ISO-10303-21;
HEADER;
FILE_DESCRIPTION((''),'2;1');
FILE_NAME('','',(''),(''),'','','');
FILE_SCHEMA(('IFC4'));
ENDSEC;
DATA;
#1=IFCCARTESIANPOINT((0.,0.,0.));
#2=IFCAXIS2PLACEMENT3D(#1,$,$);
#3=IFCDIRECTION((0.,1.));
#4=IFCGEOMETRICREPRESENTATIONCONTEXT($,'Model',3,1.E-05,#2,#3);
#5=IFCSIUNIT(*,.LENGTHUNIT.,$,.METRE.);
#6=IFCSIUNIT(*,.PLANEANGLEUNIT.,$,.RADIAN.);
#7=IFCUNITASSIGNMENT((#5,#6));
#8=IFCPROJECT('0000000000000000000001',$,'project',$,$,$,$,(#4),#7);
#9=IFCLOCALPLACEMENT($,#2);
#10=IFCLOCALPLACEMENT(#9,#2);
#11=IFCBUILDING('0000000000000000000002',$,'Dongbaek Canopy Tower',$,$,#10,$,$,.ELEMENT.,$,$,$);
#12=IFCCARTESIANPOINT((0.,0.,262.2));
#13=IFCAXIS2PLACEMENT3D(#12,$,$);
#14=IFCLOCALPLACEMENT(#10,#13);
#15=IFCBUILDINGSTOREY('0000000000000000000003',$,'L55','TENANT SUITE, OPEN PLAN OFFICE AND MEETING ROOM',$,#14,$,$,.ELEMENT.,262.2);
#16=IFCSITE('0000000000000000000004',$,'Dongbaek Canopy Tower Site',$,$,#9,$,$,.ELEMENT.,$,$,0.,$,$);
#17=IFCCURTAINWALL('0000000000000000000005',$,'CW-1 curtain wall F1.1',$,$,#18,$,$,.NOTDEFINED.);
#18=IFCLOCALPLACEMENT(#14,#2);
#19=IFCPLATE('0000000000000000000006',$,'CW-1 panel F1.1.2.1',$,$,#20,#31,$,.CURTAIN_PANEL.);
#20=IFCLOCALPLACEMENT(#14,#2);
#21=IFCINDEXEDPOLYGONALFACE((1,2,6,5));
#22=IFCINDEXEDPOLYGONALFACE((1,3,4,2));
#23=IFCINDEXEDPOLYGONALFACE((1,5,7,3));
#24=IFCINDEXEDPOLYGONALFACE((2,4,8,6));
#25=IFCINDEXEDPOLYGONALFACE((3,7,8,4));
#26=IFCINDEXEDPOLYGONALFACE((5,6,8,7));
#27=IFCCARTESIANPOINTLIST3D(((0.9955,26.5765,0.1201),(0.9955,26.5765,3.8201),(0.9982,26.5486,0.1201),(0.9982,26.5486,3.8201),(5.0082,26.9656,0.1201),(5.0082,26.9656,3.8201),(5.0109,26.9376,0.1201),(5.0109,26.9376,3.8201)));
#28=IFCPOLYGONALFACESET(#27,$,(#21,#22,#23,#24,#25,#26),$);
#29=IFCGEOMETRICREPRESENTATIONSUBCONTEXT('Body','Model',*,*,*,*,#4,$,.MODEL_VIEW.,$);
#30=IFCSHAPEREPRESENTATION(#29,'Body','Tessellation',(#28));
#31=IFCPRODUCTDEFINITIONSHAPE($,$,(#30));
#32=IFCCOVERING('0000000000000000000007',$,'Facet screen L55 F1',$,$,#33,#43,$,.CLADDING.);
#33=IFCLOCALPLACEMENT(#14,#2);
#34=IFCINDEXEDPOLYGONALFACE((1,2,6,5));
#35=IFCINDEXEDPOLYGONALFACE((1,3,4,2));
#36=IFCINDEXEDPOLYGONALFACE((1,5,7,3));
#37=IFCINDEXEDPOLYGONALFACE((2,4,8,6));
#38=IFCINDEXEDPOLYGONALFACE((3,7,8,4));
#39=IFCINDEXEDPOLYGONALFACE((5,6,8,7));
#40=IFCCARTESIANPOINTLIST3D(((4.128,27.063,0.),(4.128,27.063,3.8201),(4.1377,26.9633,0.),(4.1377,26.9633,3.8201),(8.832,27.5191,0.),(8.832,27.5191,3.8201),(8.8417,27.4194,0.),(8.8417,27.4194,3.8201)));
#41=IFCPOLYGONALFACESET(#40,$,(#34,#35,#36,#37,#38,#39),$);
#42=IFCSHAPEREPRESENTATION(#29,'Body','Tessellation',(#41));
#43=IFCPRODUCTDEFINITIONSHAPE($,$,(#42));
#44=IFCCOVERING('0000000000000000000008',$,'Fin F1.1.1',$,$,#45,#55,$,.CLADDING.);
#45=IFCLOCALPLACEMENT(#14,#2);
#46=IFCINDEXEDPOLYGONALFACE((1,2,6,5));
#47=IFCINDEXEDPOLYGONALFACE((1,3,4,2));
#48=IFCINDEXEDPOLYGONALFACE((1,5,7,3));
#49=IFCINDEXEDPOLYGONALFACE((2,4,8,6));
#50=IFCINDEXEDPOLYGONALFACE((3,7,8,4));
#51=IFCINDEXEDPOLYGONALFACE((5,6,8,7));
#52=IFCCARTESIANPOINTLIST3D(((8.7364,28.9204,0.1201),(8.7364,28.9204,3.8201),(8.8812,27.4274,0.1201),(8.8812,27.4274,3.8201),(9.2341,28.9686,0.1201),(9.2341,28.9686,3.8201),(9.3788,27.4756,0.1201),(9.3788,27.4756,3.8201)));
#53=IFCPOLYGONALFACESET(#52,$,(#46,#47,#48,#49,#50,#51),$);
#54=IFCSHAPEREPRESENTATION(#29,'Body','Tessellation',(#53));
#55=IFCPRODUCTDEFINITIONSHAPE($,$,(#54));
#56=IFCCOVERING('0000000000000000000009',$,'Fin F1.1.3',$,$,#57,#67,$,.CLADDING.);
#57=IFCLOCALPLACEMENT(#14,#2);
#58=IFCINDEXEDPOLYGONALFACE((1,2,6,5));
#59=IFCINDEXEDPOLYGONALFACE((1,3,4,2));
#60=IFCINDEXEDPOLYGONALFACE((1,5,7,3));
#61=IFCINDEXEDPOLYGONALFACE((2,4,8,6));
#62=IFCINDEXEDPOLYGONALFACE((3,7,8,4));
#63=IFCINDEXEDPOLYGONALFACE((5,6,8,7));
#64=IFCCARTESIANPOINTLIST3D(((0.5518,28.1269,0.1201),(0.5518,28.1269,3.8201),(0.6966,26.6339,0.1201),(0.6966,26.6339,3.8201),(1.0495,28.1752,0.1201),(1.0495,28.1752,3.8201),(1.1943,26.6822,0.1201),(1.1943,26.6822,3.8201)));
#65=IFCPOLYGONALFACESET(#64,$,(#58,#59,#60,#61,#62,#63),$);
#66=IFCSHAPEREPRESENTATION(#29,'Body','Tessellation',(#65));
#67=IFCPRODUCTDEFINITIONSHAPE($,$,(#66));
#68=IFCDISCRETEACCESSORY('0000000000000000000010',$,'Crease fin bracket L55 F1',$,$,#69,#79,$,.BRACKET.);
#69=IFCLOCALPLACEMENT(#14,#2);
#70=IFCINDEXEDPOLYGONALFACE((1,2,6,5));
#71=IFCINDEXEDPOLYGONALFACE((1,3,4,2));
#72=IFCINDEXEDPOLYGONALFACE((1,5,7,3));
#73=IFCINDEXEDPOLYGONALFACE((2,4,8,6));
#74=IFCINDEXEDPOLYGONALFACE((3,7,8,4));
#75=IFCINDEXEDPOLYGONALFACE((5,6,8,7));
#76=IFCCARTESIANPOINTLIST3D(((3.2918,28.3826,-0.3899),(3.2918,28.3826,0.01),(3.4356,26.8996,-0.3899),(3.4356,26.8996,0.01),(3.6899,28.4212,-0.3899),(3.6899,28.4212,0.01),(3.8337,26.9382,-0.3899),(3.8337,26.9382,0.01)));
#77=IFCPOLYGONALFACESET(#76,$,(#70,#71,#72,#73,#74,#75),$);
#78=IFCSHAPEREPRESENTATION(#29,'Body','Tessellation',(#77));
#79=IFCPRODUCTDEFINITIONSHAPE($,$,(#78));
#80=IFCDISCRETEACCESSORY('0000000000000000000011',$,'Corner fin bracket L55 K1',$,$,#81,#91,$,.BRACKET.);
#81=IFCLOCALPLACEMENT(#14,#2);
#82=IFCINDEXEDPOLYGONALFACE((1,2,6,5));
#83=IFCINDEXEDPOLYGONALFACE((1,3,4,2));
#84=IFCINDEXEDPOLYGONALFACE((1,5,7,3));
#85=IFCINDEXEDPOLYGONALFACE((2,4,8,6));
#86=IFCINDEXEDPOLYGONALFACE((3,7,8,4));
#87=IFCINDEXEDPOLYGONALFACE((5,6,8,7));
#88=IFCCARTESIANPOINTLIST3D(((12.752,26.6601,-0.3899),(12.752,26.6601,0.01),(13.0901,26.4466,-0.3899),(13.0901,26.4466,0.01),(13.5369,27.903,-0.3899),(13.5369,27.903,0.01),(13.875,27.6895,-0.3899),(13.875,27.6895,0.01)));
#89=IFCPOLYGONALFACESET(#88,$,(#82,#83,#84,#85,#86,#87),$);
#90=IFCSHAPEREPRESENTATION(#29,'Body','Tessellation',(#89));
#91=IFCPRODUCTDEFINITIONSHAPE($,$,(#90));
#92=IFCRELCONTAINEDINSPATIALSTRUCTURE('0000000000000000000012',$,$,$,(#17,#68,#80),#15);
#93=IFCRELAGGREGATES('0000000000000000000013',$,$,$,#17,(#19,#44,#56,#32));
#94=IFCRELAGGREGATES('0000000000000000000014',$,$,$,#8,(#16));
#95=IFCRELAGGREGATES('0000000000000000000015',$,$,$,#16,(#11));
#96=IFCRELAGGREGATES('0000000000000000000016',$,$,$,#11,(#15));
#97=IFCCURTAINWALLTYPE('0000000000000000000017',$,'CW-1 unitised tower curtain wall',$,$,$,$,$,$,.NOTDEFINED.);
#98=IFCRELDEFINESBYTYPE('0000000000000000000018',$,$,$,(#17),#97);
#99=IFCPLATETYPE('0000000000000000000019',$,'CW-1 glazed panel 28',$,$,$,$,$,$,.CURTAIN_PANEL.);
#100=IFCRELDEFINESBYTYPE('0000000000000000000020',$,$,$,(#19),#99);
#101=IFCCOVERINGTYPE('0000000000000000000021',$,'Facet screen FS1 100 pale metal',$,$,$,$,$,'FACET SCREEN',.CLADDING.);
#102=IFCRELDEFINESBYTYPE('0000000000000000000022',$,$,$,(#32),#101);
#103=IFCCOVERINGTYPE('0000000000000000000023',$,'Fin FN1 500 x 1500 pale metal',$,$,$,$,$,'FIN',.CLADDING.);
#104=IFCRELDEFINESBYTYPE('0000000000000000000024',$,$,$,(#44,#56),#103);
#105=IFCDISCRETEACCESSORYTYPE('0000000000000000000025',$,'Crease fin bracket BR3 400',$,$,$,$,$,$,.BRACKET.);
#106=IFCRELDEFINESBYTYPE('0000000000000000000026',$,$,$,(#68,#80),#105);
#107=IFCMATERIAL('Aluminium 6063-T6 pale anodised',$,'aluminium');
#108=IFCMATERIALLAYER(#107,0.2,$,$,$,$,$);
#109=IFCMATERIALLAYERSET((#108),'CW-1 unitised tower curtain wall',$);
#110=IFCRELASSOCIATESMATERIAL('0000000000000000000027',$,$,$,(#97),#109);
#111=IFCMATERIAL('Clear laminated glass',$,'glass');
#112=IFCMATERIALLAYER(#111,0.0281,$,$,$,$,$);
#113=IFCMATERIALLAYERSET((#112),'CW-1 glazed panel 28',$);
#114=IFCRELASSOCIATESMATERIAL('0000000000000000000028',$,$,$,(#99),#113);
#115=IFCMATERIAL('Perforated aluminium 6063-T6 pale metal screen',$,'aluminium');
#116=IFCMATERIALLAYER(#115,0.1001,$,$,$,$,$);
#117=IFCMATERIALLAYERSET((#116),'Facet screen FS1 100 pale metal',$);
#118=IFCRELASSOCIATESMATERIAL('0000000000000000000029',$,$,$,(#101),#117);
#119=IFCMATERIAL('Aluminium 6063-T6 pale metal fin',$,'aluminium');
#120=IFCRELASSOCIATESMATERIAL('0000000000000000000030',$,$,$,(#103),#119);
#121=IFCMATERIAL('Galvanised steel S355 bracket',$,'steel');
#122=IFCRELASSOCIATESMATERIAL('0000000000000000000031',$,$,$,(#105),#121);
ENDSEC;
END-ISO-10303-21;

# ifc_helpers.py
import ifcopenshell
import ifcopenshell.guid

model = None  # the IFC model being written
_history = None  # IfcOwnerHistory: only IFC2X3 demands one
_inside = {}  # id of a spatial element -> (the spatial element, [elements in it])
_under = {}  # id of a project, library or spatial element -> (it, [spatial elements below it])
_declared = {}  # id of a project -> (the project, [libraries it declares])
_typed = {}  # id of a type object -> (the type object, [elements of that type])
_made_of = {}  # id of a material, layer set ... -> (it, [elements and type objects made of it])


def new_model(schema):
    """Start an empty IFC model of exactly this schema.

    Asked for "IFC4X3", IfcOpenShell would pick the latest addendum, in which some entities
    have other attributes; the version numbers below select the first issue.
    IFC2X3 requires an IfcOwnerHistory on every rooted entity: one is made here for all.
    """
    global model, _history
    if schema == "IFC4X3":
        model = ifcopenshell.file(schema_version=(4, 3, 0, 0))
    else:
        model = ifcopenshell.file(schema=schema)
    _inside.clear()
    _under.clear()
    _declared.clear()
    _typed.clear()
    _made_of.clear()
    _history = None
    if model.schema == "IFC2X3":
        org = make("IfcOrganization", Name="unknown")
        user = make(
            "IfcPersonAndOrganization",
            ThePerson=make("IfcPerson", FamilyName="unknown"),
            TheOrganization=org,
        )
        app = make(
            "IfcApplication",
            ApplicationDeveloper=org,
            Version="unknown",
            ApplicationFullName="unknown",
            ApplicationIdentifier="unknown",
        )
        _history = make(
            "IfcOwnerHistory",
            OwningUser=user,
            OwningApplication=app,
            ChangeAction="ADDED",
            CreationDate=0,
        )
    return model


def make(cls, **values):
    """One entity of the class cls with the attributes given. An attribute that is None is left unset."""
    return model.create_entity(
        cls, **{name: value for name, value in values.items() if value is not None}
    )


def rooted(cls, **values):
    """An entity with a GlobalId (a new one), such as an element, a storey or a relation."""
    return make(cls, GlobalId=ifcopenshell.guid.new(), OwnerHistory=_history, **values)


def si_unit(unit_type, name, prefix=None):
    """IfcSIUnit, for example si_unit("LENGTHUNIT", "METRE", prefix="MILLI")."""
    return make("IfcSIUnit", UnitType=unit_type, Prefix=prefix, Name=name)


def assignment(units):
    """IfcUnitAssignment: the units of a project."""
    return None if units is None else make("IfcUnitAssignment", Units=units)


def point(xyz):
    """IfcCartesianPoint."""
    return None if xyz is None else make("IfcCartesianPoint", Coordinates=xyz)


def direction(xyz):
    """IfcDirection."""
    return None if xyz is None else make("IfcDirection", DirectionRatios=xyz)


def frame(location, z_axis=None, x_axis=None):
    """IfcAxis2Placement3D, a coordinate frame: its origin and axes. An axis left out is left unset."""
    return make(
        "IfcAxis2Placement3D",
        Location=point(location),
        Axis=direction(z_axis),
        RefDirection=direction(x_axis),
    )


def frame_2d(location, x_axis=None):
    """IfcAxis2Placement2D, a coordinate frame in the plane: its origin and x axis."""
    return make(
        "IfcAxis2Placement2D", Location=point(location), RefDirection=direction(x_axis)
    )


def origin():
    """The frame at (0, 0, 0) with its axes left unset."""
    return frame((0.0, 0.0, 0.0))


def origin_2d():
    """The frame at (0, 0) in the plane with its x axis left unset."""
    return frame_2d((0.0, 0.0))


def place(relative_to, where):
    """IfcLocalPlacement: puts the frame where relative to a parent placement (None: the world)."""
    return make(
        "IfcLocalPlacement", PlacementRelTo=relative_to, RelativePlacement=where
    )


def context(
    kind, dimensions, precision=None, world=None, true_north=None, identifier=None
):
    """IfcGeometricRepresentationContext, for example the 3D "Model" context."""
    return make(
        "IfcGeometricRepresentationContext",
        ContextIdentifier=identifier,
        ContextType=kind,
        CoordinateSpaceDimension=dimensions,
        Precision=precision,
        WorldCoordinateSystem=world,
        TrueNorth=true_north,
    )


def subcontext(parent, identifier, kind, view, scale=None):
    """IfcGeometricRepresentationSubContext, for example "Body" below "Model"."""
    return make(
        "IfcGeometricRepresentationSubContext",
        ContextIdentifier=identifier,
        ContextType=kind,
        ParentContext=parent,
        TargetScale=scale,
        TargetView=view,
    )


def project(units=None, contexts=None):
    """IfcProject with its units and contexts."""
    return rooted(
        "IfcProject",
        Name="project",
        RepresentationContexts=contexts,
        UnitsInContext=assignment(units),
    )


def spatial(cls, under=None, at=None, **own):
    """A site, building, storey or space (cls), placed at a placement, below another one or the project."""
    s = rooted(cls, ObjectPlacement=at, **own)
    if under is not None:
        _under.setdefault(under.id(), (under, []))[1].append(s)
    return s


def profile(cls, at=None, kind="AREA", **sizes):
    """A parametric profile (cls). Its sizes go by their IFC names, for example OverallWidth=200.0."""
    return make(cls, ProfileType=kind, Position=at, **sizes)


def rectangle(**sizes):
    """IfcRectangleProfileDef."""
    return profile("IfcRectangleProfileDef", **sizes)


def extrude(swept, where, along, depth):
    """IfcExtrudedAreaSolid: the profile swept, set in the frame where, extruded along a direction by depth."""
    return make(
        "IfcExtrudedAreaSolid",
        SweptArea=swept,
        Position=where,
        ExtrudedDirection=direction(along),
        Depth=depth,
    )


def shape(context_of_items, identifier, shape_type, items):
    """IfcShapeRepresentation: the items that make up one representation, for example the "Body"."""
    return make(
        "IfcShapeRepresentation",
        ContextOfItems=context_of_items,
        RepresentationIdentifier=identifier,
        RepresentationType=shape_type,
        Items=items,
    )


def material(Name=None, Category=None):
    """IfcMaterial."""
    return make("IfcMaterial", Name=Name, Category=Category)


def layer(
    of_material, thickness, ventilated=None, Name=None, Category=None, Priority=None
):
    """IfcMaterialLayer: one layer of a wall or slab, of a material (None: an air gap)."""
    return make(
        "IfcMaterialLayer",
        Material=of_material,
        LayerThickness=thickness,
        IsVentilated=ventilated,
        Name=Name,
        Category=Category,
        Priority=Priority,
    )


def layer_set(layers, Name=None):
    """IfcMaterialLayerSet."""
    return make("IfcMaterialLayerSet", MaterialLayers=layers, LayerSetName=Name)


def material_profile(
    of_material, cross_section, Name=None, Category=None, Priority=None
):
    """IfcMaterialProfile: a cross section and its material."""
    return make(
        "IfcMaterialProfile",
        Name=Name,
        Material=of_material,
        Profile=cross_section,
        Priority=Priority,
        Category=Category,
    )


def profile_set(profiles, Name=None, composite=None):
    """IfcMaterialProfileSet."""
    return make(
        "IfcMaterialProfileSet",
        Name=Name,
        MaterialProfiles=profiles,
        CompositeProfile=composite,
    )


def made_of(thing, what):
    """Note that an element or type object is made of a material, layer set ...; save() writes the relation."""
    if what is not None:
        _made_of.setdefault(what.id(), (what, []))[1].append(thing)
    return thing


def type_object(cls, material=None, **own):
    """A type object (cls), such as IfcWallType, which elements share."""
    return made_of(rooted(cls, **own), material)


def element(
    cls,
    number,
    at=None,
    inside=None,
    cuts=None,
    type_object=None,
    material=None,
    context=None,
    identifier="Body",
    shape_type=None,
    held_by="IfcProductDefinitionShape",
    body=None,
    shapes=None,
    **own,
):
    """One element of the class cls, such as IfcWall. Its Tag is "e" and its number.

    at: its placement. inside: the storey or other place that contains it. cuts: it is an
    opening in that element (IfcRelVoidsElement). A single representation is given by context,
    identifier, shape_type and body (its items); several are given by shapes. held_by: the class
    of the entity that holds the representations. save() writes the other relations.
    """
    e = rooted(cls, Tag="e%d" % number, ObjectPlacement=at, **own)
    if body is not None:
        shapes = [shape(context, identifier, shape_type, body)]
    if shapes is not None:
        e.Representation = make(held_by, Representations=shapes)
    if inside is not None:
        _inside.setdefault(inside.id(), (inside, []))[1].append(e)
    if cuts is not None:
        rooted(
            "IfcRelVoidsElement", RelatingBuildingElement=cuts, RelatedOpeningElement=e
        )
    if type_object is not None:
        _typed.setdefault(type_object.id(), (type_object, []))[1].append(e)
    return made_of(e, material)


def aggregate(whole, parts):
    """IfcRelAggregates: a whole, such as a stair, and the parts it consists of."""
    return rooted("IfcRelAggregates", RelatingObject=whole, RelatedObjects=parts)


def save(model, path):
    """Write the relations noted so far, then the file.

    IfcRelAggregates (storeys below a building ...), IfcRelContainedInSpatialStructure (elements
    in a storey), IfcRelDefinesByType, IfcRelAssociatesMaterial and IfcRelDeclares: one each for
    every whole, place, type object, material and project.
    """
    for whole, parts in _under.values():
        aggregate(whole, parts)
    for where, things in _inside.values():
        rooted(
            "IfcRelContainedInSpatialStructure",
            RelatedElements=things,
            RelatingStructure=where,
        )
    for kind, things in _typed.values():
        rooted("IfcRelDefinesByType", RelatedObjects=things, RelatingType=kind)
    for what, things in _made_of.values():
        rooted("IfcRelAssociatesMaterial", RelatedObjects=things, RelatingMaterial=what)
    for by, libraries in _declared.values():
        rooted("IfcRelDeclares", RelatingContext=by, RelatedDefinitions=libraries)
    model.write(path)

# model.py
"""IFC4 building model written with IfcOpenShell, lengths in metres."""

from ifc_helpers import new_model, si_unit, direction, frame, origin, origin_2d, place, context, subcontext, project, spatial, rectangle, extrude, material, layer, layer_set, material_profile, profile_set, type_object, element, aggregate, save


model = new_model("IFC4")

# Units and contexts
model_context = context("Model", 3, precision=1e-05, world=origin(), true_north=direction((0.0, 1.0)))
body_context = subcontext(model_context, "Body", "Model", "MODEL_VIEW")
ifc_project = project(units=[si_unit("LENGTHUNIT", "METRE"), si_unit("PLANEANGLEUNIT", "RADIAN")], contexts=[model_context])

# Site, building, storey
site_placement = place(None, origin())
site = spatial("IfcSite", under=ifc_project, at=site_placement, Name="Dongbaek Canopy Tower Site", CompositionType="ELEMENT", RefElevation=0.0)
building_placement = place(site_placement, origin())
building = spatial("IfcBuilding", under=site, at=building_placement, Name="Dongbaek Canopy Tower", CompositionType="ELEMENT")
storey_placement = place(building_placement, frame((0.0, 0.0, 262.2)))
storey = spatial("IfcBuildingStorey", under=building, at=storey_placement, Name="L55", Description="TENANT SUITE, OPEN PLAN OFFICE AND MEETING ROOM", CompositionType="ELEMENT", Elevation=262.2)

# Curtain wall
ifc_material_1 = material(Name="Aluminium 6063-T6 pale anodised", Category="aluminium")
ifc_layer_1 = layer(ifc_material_1, 0.2)
ifc_layer_set_1 = layer_set([ifc_layer_1], Name="CW-1 unitised tower curtain wall")
curtain_wall_type = type_object("IfcCurtainWallType", Name="CW-1 unitised tower curtain wall", PredefinedType="NOTDEFINED", material=ifc_layer_set_1)
curtain_wall_1_placement = place(storey_placement, origin())
curtain_wall_1 = element("IfcCurtainWall", 1, at=curtain_wall_1_placement, inside=storey, type_object=curtain_wall_type, Name="CW-1 curtain wall F1.1", PredefinedType="NOTDEFINED")

# Plate
ifc_material_2 = material(Name="Clear laminated glass", Category="glass")
ifc_layer_2 = layer(ifc_material_2, 0.0281)
ifc_layer_set_2 = layer_set([ifc_layer_2], Name="CW-1 glazed panel 28")
plate_type = type_object("IfcPlateType", Name="CW-1 glazed panel 28", PredefinedType="CURTAIN_PANEL", material=ifc_layer_set_2)
plate_1_placement = place(storey_placement, frame((3.0032, 26.7571, 0.1201), z_axis=(0.0, 0.0, 1.0), x_axis=(-0.995332, -0.096506, 0.0)))
plate_1 = element("IfcPlate", 2, at=plate_1_placement, type_object=plate_type, Name="CW-1 panel F1.1.2.1", PredefinedType="CURTAIN_PANEL", context=body_context, shape_type="SweptSolid", body=[
    extrude(rectangle(XDim=4.0315, YDim=0.0281, at=origin_2d()), origin(), (0.0, 0.0, 1.0), 3.7),
])

# Coverings
ifc_material_3 = material(Name="Perforated aluminium 6063-T6 pale metal screen", Category="aluminium")
ifc_layer_3 = layer(ifc_material_3, 0.1001)
ifc_layer_set_3 = layer_set([ifc_layer_3], Name="Facet screen FS1 100 pale metal")
covering_type_1 = type_object("IfcCoveringType", Name="Facet screen FS1 100 pale metal", ElementType="FACET SCREEN", PredefinedType="CLADDING", material=ifc_layer_set_3)
covering_1_placement = place(storey_placement, frame((6.4849, 27.2412, 0.0), z_axis=(0.0, 0.0, 1.0), x_axis=(-0.995332, -0.096506, 0.0)))
covering_1 = element("IfcCovering", 3, at=covering_1_placement, type_object=covering_type_1, Name="Facet screen L55 F1", PredefinedType="CLADDING", context=body_context, shape_type="SweptSolid", body=[
    extrude(rectangle(XDim=4.7261, YDim=0.1001, at=origin_2d()), origin(), (0.0, 0.0, 1.0), 3.8201),
])
ifc_material_4 = material(Name="Aluminium 6063-T6 pale metal fin", Category="aluminium")
ifc_material_profile_1 = material_profile(ifc_material_4, rectangle(XDim=1.5, YDim=0.5, at=origin_2d()), Name="Fin FN1 500 x 1500 pale metal")
ifc_profile_set_1 = profile_set([ifc_material_profile_1], Name="Aluminium 6063-T6 pale metal fin")
covering_type_2 = type_object("IfcCoveringType", Name="Fin FN1 500 x 1500 pale metal", ElementType="FIN", PredefinedType="CLADDING", material=ifc_profile_set_1)
covering_2_placement = place(storey_placement, frame((9.0576, 28.198, 0.1201), z_axis=(0.0, 0.0, 1.0), x_axis=(-0.096506, 0.995332, 0.0)))
covering_2 = element("IfcCovering", 4, at=covering_2_placement, type_object=covering_type_2, Name="Fin F1.1.1", PredefinedType="CLADDING", context=body_context, shape_type="SweptSolid", body=[
    extrude(rectangle(XDim=1.5, YDim=0.5, at=origin_2d()), origin(), (0.0, 0.0, 1.0), 3.7),
])
covering_3_placement = place(storey_placement, frame((0.873, 27.4045, 0.1201), z_axis=(0.0, 0.0, 1.0), x_axis=(-0.096506, 0.995332, 0.0)))
covering_3 = element("IfcCovering", 5, at=covering_3_placement, type_object=covering_type_2, Name="Fin F1.1.3", PredefinedType="CLADDING", context=body_context, shape_type="SweptSolid", body=[
    extrude(rectangle(XDim=1.5, YDim=0.5, at=origin_2d()), origin(), (0.0, 0.0, 1.0), 3.7),
])
aggregate(curtain_wall_1, [plate_1, covering_2, covering_3, covering_1])

# Discrete accessories
ifc_material_5 = material(Name="Galvanised steel S355 bracket", Category="steel")
discrete_accessory_type = type_object("IfcDiscreteAccessoryType", Name="Crease fin bracket BR3 400", PredefinedType="BRACKET", material=ifc_material_5)
discrete_accessory_1_placement = place(storey_placement, frame((3.5627, 27.6604, -0.3899), z_axis=(0.0, 0.0, 1.0), x_axis=(-0.096506, 0.995332, 0.0)))
element("IfcDiscreteAccessory", 6, at=discrete_accessory_1_placement, inside=storey, type_object=discrete_accessory_type, Name="Crease fin bracket L55 F1", PredefinedType="BRACKET", context=body_context, shape_type="SweptSolid", body=[
    extrude(rectangle(XDim=1.49, YDim=0.3999, at=origin_2d()), origin(), (0.0, 0.0, 1.0), 0.3999),
])
discrete_accessory_2_placement = place(storey_placement, frame((13.3135, 27.1748, -0.3899), z_axis=(0.0, 0.0, 1.0), x_axis=(0.533975, 0.8455, 0.0)))
element("IfcDiscreteAccessory", 7, at=discrete_accessory_2_placement, inside=storey, type_object=discrete_accessory_type, Name="Corner fin bracket L55 K1", PredefinedType="BRACKET", context=body_context, shape_type="SweptSolid", body=[
    extrude(rectangle(XDim=1.47, YDim=0.3999, at=origin_2d()), origin(), (0.0, 0.0, 1.0), 0.3999),
])

save(model, "model.ifc")
